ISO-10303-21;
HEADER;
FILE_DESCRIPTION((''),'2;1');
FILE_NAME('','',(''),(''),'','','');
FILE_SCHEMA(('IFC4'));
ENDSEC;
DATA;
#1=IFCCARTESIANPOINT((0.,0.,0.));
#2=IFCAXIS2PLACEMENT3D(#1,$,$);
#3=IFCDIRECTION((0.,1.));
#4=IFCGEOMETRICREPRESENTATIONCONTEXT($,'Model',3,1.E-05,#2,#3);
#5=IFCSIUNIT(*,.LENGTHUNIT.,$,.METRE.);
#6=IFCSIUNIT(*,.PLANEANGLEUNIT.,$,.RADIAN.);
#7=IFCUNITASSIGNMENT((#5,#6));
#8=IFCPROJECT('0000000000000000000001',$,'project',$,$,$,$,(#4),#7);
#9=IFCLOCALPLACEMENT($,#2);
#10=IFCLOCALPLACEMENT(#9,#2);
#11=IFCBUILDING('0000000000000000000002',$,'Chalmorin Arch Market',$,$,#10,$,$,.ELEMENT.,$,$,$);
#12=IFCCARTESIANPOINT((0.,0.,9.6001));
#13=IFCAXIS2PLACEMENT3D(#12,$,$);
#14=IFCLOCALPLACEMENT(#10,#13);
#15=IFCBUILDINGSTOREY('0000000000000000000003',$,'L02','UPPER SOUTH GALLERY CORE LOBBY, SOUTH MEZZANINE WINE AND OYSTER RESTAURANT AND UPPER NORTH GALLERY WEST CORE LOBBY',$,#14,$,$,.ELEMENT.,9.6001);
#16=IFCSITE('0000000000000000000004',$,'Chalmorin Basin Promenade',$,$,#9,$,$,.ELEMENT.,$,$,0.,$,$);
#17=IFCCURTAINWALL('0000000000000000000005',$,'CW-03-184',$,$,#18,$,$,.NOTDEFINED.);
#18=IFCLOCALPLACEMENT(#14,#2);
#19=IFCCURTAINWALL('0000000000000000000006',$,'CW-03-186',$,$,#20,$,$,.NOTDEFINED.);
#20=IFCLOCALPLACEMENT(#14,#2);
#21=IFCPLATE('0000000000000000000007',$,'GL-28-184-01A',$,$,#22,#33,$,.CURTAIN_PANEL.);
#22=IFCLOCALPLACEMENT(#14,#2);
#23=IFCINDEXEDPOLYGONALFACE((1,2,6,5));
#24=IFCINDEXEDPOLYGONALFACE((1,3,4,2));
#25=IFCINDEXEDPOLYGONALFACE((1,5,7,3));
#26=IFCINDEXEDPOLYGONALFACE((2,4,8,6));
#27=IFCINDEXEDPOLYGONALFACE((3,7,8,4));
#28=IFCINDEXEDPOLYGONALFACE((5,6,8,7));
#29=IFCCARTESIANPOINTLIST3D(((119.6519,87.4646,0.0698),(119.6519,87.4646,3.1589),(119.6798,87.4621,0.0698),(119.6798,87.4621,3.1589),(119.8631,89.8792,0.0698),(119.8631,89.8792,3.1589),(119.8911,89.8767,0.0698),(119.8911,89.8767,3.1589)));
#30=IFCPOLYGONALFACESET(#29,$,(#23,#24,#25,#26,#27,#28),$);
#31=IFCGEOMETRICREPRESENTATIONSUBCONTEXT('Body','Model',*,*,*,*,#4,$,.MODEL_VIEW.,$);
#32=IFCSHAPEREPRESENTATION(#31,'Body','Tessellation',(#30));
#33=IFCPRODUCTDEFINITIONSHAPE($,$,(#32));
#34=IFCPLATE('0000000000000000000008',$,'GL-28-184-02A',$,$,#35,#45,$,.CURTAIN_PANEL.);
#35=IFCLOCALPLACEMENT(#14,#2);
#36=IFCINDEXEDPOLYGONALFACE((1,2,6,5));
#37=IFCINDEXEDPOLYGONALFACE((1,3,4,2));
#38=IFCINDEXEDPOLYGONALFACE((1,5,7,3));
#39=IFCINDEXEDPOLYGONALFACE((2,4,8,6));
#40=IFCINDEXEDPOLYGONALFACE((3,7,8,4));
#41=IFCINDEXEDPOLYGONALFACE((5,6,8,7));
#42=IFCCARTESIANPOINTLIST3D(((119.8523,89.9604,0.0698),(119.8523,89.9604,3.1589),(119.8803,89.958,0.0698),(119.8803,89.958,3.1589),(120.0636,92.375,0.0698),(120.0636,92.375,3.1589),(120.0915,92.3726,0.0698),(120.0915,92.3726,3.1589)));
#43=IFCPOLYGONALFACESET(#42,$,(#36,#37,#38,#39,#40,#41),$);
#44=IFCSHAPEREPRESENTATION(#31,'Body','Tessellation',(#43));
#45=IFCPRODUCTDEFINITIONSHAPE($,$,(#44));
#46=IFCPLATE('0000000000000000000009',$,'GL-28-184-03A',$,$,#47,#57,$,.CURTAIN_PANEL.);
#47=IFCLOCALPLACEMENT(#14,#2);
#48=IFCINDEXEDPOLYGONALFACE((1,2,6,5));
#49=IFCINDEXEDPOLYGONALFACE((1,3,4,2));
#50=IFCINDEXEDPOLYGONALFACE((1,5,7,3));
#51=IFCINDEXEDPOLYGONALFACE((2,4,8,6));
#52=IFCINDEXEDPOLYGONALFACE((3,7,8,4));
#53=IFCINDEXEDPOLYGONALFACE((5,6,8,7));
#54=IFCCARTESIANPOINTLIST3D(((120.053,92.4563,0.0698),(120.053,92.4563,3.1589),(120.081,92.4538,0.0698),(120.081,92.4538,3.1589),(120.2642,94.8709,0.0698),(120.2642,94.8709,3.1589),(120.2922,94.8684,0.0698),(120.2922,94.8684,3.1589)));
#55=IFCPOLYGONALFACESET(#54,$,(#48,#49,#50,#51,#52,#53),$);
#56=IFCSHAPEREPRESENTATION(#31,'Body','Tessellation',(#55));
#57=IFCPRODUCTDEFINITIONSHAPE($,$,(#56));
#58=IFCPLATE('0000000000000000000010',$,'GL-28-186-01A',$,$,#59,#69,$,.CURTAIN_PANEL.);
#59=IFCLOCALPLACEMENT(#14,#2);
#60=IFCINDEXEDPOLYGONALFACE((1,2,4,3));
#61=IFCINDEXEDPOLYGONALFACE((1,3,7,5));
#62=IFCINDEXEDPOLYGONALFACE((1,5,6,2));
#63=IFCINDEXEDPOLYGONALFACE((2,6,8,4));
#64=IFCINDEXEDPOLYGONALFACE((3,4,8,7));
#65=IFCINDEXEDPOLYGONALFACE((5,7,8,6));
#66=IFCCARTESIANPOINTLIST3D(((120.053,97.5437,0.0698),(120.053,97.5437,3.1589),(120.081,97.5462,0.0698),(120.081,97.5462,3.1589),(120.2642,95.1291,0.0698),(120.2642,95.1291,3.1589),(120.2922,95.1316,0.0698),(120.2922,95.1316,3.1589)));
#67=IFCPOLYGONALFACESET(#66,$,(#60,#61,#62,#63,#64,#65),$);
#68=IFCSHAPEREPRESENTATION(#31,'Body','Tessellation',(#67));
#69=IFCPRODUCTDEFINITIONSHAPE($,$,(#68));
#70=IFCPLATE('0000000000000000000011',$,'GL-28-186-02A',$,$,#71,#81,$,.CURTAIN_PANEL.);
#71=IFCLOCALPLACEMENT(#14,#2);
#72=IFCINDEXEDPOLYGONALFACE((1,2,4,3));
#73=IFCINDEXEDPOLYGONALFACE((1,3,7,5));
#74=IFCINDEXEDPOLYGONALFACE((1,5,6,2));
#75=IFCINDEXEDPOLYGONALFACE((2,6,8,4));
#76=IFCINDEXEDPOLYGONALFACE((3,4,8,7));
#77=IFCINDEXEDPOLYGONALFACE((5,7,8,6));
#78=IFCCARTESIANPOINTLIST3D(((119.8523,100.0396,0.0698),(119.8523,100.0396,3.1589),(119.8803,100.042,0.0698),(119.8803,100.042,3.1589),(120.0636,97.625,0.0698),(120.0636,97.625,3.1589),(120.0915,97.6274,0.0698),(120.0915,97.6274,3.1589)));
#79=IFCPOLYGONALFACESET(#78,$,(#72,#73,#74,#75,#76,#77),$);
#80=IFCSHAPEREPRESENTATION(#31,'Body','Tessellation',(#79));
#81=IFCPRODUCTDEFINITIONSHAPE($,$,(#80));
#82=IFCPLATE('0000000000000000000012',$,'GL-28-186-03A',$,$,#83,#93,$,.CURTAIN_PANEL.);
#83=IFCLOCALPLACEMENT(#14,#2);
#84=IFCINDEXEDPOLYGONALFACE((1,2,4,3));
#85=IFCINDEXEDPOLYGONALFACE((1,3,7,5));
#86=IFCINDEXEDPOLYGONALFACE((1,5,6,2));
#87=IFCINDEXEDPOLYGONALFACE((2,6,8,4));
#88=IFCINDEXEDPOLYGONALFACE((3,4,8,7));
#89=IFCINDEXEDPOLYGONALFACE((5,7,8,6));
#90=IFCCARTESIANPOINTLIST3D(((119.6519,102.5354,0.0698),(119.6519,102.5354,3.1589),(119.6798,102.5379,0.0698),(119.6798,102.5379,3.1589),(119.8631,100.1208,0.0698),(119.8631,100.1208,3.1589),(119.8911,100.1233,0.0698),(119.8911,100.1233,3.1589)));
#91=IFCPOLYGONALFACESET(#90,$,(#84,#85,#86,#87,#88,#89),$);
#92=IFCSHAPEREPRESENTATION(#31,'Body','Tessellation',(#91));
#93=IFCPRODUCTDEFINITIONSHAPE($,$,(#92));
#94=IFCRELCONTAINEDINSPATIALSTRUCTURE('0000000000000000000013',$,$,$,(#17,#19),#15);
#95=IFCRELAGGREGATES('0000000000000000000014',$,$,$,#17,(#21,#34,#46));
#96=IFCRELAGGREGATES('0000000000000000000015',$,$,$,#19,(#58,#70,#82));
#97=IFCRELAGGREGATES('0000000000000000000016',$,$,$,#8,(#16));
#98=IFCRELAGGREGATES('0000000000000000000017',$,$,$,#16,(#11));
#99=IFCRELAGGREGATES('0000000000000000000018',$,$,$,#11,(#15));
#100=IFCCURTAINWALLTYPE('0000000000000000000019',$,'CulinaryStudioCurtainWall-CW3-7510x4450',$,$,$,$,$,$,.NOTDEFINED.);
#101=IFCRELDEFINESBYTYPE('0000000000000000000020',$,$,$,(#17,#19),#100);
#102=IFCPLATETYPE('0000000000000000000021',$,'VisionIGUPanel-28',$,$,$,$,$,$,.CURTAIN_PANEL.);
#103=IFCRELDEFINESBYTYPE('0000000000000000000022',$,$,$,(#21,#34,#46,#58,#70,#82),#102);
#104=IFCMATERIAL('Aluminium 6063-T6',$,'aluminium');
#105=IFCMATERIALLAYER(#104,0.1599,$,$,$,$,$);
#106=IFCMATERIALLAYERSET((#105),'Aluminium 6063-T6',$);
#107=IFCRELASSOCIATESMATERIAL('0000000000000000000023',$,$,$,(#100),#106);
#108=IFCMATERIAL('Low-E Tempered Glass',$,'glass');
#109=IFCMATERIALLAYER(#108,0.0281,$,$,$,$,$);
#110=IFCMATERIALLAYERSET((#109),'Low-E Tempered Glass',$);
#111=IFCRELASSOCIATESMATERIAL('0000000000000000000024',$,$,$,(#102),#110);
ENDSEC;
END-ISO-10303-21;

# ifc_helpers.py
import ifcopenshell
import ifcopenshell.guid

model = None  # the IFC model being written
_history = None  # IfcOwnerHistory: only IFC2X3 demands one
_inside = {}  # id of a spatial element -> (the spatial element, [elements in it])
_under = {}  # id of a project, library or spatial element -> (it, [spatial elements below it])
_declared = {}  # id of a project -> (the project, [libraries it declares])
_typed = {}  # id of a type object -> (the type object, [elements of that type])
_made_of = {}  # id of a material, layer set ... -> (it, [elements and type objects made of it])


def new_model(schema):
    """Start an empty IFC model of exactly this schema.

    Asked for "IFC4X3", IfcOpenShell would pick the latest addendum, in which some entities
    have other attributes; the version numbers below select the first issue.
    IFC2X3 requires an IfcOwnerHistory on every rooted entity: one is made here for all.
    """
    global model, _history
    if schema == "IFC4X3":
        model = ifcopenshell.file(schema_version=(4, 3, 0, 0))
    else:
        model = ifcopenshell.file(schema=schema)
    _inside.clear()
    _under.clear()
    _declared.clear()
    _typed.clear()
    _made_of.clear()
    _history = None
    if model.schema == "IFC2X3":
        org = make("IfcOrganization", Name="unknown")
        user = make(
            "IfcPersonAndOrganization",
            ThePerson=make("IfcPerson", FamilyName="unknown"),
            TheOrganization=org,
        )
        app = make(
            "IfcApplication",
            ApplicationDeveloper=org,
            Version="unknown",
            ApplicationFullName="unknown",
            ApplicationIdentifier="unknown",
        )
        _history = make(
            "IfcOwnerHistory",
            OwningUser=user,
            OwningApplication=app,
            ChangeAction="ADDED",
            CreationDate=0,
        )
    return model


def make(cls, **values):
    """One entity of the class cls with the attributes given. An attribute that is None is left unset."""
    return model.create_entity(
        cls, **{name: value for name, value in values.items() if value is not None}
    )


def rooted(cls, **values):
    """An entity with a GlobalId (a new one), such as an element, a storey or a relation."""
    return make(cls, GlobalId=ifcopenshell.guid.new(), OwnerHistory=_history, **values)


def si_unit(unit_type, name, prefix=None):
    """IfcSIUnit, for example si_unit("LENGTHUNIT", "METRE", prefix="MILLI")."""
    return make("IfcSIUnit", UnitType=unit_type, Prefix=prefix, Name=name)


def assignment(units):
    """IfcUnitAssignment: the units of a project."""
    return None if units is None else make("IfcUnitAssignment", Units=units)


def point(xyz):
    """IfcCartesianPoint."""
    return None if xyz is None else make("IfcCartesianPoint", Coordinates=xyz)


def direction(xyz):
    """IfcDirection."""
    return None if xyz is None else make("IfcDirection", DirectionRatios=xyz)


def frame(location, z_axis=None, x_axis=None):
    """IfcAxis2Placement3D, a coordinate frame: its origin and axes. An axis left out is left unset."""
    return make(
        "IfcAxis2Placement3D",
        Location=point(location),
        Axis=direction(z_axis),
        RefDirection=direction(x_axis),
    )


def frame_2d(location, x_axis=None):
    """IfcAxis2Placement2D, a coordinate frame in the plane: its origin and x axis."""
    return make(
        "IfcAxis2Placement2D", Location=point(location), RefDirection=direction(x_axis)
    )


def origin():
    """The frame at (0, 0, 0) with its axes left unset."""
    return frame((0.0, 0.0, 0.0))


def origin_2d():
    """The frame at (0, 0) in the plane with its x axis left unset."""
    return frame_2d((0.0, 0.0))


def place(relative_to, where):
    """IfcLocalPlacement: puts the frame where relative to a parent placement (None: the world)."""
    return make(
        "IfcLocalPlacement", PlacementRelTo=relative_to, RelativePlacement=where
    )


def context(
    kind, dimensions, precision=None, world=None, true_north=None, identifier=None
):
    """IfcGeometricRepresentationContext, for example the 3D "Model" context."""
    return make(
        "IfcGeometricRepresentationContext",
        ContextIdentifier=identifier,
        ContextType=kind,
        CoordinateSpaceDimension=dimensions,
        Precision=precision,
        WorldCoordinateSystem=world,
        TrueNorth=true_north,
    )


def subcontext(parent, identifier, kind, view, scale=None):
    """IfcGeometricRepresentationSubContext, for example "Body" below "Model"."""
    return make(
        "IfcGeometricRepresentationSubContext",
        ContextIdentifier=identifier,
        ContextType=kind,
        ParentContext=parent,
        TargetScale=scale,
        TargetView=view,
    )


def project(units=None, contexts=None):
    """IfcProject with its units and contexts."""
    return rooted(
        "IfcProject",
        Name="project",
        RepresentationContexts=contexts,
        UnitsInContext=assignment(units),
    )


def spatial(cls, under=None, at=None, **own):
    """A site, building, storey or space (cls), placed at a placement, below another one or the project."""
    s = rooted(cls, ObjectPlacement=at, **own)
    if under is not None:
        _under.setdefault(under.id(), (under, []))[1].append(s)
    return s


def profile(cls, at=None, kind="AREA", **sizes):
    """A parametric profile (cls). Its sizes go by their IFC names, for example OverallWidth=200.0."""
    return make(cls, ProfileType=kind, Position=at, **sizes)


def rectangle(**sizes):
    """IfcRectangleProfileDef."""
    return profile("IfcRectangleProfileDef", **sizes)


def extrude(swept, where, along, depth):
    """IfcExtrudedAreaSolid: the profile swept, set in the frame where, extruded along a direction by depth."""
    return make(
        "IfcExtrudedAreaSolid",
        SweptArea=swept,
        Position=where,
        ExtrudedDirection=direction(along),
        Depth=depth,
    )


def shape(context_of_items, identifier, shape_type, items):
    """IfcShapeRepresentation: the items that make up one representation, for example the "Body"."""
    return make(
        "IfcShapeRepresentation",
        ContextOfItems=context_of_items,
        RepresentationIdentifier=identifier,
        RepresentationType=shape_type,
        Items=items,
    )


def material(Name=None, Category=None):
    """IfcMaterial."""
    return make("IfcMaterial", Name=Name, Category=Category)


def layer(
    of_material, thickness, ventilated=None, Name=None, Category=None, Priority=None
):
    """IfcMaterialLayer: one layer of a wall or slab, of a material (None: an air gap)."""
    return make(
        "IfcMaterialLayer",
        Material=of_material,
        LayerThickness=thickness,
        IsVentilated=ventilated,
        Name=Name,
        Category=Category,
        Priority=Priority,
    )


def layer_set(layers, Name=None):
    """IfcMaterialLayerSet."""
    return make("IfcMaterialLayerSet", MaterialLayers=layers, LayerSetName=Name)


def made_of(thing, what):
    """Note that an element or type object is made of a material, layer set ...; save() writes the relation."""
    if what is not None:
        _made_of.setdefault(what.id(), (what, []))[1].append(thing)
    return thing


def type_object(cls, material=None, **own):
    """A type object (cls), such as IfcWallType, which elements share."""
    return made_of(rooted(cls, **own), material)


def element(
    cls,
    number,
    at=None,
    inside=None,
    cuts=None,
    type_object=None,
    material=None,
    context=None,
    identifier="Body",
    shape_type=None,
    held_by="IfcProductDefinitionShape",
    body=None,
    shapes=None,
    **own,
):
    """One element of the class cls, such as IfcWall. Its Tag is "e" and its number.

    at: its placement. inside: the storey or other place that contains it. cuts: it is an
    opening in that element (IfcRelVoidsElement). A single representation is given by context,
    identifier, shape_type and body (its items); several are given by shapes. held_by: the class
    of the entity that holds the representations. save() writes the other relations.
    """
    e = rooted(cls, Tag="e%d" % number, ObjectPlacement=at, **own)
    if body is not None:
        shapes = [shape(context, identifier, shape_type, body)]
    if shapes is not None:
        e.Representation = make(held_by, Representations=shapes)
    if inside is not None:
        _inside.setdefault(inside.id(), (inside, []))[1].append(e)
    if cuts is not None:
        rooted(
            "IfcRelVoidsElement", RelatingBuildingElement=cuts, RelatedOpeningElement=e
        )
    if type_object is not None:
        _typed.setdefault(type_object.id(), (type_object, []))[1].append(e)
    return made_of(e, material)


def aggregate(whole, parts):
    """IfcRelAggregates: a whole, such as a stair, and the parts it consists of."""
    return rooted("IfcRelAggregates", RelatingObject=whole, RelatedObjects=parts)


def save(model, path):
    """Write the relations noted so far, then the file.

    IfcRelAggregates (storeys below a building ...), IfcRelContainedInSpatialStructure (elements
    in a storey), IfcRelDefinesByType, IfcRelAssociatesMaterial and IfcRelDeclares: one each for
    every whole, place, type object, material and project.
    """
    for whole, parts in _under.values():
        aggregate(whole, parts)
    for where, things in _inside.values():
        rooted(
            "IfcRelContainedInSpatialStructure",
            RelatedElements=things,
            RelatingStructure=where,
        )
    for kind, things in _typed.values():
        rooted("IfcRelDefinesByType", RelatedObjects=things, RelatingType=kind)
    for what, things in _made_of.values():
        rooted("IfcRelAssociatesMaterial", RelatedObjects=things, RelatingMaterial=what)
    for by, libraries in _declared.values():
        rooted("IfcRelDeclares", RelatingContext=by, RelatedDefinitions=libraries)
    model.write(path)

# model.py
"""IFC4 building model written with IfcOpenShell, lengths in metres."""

from ifc_helpers import new_model, si_unit, direction, frame, origin, origin_2d, place, context, subcontext, project, spatial, rectangle, extrude, material, layer, layer_set, type_object, element, aggregate, save


model = new_model("IFC4")

# Units and contexts
model_context = context("Model", 3, precision=1e-05, world=origin(), true_north=direction((0.0, 1.0)))
body_context = subcontext(model_context, "Body", "Model", "MODEL_VIEW")
ifc_project = project(units=[si_unit("LENGTHUNIT", "METRE"), si_unit("PLANEANGLEUNIT", "RADIAN")], contexts=[model_context])

# Site, building, storey
site_placement = place(None, origin())
site = spatial("IfcSite", under=ifc_project, at=site_placement, Name="Chalmorin Basin Promenade", CompositionType="ELEMENT", RefElevation=0.0)
building_placement = place(site_placement, origin())
building = spatial("IfcBuilding", under=site, at=building_placement, Name="Chalmorin Arch Market", CompositionType="ELEMENT")
storey_placement = place(building_placement, frame((0.0, 0.0, 9.6001)))
storey = spatial("IfcBuildingStorey", under=building, at=storey_placement, Name="L02", Description="UPPER SOUTH GALLERY CORE LOBBY, SOUTH MEZZANINE WINE AND OYSTER RESTAURANT AND UPPER NORTH GALLERY WEST CORE LOBBY", CompositionType="ELEMENT", Elevation=9.6001)

# Curtain walls
ifc_material_1 = material(Name="Aluminium 6063-T6", Category="aluminium")
ifc_layer_1 = layer(ifc_material_1, 0.1599)
ifc_layer_set_1 = layer_set([ifc_layer_1], Name="Aluminium 6063-T6")
curtain_wall_type_1 = type_object("IfcCurtainWallType", Name="CulinaryStudioCurtainWall-CW3-7510x4450", PredefinedType="NOTDEFINED", material=ifc_layer_set_1)
curtain_wall_1_placement = place(storey_placement, origin())
curtain_wall_1 = element("IfcCurtainWall", 1, at=curtain_wall_1_placement, inside=storey, type_object=curtain_wall_type_1, Name="CW-03-184", PredefinedType="NOTDEFINED")
curtain_wall_2_placement = place(storey_placement, origin())
curtain_wall_2 = element("IfcCurtainWall", 2, at=curtain_wall_2_placement, inside=storey, type_object=curtain_wall_type_1, Name="CW-03-186", PredefinedType="NOTDEFINED")

# Plates
ifc_material_2 = material(Name="Low-E Tempered Glass", Category="glass")
ifc_layer_2 = layer(ifc_material_2, 0.0281)
ifc_layer_set_2 = layer_set([ifc_layer_2], Name="Low-E Tempered Glass")
plate_type_1 = type_object("IfcPlateType", Name="VisionIGUPanel-28", PredefinedType="CURTAIN_PANEL", material=ifc_layer_set_2)
plate_1_placement = place(storey_placement, frame((119.7715, 88.6707, 0.0698), z_axis=(0.0, 0.0, 1.0), x_axis=(0.087156, 0.996195, 0.0)))
plate_1 = element("IfcPlate", 3, at=plate_1_placement, type_object=plate_type_1, Name="GL-28-184-01A", PredefinedType="CURTAIN_PANEL", context=body_context, shape_type="SweptSolid", body=[
    extrude(rectangle(XDim=2.4238, YDim=0.0281, at=origin_2d()), origin(), (0.0, 0.0, 1.0), 3.0891),
])
plate_2_placement = place(storey_placement, frame((119.9719, 91.1665, 0.0698), z_axis=(0.0, 0.0, 1.0), x_axis=(0.087156, 0.996195, 0.0)))
plate_2 = element("IfcPlate", 4, at=plate_2_placement, type_object=plate_type_1, Name="GL-28-184-02A", PredefinedType="CURTAIN_PANEL", context=body_context, shape_type="SweptSolid", body=[
    extrude(rectangle(XDim=2.4238, YDim=0.0281, at=origin_2d()), origin(), (0.0, 0.0, 1.0), 3.0891),
])
plate_3_placement = place(storey_placement, frame((120.1726, 93.6624, 0.0698), z_axis=(0.0, 0.0, 1.0), x_axis=(0.087156, 0.996195, 0.0)))
plate_3 = element("IfcPlate", 5, at=plate_3_placement, type_object=plate_type_1, Name="GL-28-184-03A", PredefinedType="CURTAIN_PANEL", context=body_context, shape_type="SweptSolid", body=[
    extrude(rectangle(XDim=2.4238, YDim=0.0281, at=origin_2d()), origin(), (0.0, 0.0, 1.0), 3.0891),
])
aggregate(curtain_wall_1, [plate_1, plate_2, plate_3])
plate_4_placement = place(storey_placement, frame((120.1726, 96.3376, 0.0698), z_axis=(0.0, 0.0, 1.0), x_axis=(-0.087156, 0.996195, 0.0)))
plate_4 = element("IfcPlate", 6, at=plate_4_placement, type_object=plate_type_1, Name="GL-28-186-01A", PredefinedType="CURTAIN_PANEL", context=body_context, shape_type="SweptSolid", body=[
    extrude(rectangle(XDim=2.4238, YDim=0.0281, at=origin_2d()), origin(), (0.0, 0.0, 1.0), 3.0891),
])
plate_5_placement = place(storey_placement, frame((119.9719, 98.8335, 0.0698), z_axis=(0.0, 0.0, 1.0), x_axis=(-0.087156, 0.996195, 0.0)))
plate_5 = element("IfcPlate", 7, at=plate_5_placement, type_object=plate_type_1, Name="GL-28-186-02A", PredefinedType="CURTAIN_PANEL", context=body_context, shape_type="SweptSolid", body=[
    extrude(rectangle(XDim=2.4238, YDim=0.0281, at=origin_2d()), origin(), (0.0, 0.0, 1.0), 3.0891),
])
plate_6_placement = place(storey_placement, frame((119.7715, 101.3293, 0.0698), z_axis=(0.0, 0.0, 1.0), x_axis=(-0.087156, 0.996195, 0.0)))
plate_6 = element("IfcPlate", 8, at=plate_6_placement, type_object=plate_type_1, Name="GL-28-186-03A", PredefinedType="CURTAIN_PANEL", context=body_context, shape_type="SweptSolid", body=[
    extrude(rectangle(XDim=2.4238, YDim=0.0281, at=origin_2d()), origin(), (0.0, 0.0, 1.0), 3.0891),
])
aggregate(curtain_wall_2, [plate_4, plate_5, plate_6])

save(model, "model.ifc")
